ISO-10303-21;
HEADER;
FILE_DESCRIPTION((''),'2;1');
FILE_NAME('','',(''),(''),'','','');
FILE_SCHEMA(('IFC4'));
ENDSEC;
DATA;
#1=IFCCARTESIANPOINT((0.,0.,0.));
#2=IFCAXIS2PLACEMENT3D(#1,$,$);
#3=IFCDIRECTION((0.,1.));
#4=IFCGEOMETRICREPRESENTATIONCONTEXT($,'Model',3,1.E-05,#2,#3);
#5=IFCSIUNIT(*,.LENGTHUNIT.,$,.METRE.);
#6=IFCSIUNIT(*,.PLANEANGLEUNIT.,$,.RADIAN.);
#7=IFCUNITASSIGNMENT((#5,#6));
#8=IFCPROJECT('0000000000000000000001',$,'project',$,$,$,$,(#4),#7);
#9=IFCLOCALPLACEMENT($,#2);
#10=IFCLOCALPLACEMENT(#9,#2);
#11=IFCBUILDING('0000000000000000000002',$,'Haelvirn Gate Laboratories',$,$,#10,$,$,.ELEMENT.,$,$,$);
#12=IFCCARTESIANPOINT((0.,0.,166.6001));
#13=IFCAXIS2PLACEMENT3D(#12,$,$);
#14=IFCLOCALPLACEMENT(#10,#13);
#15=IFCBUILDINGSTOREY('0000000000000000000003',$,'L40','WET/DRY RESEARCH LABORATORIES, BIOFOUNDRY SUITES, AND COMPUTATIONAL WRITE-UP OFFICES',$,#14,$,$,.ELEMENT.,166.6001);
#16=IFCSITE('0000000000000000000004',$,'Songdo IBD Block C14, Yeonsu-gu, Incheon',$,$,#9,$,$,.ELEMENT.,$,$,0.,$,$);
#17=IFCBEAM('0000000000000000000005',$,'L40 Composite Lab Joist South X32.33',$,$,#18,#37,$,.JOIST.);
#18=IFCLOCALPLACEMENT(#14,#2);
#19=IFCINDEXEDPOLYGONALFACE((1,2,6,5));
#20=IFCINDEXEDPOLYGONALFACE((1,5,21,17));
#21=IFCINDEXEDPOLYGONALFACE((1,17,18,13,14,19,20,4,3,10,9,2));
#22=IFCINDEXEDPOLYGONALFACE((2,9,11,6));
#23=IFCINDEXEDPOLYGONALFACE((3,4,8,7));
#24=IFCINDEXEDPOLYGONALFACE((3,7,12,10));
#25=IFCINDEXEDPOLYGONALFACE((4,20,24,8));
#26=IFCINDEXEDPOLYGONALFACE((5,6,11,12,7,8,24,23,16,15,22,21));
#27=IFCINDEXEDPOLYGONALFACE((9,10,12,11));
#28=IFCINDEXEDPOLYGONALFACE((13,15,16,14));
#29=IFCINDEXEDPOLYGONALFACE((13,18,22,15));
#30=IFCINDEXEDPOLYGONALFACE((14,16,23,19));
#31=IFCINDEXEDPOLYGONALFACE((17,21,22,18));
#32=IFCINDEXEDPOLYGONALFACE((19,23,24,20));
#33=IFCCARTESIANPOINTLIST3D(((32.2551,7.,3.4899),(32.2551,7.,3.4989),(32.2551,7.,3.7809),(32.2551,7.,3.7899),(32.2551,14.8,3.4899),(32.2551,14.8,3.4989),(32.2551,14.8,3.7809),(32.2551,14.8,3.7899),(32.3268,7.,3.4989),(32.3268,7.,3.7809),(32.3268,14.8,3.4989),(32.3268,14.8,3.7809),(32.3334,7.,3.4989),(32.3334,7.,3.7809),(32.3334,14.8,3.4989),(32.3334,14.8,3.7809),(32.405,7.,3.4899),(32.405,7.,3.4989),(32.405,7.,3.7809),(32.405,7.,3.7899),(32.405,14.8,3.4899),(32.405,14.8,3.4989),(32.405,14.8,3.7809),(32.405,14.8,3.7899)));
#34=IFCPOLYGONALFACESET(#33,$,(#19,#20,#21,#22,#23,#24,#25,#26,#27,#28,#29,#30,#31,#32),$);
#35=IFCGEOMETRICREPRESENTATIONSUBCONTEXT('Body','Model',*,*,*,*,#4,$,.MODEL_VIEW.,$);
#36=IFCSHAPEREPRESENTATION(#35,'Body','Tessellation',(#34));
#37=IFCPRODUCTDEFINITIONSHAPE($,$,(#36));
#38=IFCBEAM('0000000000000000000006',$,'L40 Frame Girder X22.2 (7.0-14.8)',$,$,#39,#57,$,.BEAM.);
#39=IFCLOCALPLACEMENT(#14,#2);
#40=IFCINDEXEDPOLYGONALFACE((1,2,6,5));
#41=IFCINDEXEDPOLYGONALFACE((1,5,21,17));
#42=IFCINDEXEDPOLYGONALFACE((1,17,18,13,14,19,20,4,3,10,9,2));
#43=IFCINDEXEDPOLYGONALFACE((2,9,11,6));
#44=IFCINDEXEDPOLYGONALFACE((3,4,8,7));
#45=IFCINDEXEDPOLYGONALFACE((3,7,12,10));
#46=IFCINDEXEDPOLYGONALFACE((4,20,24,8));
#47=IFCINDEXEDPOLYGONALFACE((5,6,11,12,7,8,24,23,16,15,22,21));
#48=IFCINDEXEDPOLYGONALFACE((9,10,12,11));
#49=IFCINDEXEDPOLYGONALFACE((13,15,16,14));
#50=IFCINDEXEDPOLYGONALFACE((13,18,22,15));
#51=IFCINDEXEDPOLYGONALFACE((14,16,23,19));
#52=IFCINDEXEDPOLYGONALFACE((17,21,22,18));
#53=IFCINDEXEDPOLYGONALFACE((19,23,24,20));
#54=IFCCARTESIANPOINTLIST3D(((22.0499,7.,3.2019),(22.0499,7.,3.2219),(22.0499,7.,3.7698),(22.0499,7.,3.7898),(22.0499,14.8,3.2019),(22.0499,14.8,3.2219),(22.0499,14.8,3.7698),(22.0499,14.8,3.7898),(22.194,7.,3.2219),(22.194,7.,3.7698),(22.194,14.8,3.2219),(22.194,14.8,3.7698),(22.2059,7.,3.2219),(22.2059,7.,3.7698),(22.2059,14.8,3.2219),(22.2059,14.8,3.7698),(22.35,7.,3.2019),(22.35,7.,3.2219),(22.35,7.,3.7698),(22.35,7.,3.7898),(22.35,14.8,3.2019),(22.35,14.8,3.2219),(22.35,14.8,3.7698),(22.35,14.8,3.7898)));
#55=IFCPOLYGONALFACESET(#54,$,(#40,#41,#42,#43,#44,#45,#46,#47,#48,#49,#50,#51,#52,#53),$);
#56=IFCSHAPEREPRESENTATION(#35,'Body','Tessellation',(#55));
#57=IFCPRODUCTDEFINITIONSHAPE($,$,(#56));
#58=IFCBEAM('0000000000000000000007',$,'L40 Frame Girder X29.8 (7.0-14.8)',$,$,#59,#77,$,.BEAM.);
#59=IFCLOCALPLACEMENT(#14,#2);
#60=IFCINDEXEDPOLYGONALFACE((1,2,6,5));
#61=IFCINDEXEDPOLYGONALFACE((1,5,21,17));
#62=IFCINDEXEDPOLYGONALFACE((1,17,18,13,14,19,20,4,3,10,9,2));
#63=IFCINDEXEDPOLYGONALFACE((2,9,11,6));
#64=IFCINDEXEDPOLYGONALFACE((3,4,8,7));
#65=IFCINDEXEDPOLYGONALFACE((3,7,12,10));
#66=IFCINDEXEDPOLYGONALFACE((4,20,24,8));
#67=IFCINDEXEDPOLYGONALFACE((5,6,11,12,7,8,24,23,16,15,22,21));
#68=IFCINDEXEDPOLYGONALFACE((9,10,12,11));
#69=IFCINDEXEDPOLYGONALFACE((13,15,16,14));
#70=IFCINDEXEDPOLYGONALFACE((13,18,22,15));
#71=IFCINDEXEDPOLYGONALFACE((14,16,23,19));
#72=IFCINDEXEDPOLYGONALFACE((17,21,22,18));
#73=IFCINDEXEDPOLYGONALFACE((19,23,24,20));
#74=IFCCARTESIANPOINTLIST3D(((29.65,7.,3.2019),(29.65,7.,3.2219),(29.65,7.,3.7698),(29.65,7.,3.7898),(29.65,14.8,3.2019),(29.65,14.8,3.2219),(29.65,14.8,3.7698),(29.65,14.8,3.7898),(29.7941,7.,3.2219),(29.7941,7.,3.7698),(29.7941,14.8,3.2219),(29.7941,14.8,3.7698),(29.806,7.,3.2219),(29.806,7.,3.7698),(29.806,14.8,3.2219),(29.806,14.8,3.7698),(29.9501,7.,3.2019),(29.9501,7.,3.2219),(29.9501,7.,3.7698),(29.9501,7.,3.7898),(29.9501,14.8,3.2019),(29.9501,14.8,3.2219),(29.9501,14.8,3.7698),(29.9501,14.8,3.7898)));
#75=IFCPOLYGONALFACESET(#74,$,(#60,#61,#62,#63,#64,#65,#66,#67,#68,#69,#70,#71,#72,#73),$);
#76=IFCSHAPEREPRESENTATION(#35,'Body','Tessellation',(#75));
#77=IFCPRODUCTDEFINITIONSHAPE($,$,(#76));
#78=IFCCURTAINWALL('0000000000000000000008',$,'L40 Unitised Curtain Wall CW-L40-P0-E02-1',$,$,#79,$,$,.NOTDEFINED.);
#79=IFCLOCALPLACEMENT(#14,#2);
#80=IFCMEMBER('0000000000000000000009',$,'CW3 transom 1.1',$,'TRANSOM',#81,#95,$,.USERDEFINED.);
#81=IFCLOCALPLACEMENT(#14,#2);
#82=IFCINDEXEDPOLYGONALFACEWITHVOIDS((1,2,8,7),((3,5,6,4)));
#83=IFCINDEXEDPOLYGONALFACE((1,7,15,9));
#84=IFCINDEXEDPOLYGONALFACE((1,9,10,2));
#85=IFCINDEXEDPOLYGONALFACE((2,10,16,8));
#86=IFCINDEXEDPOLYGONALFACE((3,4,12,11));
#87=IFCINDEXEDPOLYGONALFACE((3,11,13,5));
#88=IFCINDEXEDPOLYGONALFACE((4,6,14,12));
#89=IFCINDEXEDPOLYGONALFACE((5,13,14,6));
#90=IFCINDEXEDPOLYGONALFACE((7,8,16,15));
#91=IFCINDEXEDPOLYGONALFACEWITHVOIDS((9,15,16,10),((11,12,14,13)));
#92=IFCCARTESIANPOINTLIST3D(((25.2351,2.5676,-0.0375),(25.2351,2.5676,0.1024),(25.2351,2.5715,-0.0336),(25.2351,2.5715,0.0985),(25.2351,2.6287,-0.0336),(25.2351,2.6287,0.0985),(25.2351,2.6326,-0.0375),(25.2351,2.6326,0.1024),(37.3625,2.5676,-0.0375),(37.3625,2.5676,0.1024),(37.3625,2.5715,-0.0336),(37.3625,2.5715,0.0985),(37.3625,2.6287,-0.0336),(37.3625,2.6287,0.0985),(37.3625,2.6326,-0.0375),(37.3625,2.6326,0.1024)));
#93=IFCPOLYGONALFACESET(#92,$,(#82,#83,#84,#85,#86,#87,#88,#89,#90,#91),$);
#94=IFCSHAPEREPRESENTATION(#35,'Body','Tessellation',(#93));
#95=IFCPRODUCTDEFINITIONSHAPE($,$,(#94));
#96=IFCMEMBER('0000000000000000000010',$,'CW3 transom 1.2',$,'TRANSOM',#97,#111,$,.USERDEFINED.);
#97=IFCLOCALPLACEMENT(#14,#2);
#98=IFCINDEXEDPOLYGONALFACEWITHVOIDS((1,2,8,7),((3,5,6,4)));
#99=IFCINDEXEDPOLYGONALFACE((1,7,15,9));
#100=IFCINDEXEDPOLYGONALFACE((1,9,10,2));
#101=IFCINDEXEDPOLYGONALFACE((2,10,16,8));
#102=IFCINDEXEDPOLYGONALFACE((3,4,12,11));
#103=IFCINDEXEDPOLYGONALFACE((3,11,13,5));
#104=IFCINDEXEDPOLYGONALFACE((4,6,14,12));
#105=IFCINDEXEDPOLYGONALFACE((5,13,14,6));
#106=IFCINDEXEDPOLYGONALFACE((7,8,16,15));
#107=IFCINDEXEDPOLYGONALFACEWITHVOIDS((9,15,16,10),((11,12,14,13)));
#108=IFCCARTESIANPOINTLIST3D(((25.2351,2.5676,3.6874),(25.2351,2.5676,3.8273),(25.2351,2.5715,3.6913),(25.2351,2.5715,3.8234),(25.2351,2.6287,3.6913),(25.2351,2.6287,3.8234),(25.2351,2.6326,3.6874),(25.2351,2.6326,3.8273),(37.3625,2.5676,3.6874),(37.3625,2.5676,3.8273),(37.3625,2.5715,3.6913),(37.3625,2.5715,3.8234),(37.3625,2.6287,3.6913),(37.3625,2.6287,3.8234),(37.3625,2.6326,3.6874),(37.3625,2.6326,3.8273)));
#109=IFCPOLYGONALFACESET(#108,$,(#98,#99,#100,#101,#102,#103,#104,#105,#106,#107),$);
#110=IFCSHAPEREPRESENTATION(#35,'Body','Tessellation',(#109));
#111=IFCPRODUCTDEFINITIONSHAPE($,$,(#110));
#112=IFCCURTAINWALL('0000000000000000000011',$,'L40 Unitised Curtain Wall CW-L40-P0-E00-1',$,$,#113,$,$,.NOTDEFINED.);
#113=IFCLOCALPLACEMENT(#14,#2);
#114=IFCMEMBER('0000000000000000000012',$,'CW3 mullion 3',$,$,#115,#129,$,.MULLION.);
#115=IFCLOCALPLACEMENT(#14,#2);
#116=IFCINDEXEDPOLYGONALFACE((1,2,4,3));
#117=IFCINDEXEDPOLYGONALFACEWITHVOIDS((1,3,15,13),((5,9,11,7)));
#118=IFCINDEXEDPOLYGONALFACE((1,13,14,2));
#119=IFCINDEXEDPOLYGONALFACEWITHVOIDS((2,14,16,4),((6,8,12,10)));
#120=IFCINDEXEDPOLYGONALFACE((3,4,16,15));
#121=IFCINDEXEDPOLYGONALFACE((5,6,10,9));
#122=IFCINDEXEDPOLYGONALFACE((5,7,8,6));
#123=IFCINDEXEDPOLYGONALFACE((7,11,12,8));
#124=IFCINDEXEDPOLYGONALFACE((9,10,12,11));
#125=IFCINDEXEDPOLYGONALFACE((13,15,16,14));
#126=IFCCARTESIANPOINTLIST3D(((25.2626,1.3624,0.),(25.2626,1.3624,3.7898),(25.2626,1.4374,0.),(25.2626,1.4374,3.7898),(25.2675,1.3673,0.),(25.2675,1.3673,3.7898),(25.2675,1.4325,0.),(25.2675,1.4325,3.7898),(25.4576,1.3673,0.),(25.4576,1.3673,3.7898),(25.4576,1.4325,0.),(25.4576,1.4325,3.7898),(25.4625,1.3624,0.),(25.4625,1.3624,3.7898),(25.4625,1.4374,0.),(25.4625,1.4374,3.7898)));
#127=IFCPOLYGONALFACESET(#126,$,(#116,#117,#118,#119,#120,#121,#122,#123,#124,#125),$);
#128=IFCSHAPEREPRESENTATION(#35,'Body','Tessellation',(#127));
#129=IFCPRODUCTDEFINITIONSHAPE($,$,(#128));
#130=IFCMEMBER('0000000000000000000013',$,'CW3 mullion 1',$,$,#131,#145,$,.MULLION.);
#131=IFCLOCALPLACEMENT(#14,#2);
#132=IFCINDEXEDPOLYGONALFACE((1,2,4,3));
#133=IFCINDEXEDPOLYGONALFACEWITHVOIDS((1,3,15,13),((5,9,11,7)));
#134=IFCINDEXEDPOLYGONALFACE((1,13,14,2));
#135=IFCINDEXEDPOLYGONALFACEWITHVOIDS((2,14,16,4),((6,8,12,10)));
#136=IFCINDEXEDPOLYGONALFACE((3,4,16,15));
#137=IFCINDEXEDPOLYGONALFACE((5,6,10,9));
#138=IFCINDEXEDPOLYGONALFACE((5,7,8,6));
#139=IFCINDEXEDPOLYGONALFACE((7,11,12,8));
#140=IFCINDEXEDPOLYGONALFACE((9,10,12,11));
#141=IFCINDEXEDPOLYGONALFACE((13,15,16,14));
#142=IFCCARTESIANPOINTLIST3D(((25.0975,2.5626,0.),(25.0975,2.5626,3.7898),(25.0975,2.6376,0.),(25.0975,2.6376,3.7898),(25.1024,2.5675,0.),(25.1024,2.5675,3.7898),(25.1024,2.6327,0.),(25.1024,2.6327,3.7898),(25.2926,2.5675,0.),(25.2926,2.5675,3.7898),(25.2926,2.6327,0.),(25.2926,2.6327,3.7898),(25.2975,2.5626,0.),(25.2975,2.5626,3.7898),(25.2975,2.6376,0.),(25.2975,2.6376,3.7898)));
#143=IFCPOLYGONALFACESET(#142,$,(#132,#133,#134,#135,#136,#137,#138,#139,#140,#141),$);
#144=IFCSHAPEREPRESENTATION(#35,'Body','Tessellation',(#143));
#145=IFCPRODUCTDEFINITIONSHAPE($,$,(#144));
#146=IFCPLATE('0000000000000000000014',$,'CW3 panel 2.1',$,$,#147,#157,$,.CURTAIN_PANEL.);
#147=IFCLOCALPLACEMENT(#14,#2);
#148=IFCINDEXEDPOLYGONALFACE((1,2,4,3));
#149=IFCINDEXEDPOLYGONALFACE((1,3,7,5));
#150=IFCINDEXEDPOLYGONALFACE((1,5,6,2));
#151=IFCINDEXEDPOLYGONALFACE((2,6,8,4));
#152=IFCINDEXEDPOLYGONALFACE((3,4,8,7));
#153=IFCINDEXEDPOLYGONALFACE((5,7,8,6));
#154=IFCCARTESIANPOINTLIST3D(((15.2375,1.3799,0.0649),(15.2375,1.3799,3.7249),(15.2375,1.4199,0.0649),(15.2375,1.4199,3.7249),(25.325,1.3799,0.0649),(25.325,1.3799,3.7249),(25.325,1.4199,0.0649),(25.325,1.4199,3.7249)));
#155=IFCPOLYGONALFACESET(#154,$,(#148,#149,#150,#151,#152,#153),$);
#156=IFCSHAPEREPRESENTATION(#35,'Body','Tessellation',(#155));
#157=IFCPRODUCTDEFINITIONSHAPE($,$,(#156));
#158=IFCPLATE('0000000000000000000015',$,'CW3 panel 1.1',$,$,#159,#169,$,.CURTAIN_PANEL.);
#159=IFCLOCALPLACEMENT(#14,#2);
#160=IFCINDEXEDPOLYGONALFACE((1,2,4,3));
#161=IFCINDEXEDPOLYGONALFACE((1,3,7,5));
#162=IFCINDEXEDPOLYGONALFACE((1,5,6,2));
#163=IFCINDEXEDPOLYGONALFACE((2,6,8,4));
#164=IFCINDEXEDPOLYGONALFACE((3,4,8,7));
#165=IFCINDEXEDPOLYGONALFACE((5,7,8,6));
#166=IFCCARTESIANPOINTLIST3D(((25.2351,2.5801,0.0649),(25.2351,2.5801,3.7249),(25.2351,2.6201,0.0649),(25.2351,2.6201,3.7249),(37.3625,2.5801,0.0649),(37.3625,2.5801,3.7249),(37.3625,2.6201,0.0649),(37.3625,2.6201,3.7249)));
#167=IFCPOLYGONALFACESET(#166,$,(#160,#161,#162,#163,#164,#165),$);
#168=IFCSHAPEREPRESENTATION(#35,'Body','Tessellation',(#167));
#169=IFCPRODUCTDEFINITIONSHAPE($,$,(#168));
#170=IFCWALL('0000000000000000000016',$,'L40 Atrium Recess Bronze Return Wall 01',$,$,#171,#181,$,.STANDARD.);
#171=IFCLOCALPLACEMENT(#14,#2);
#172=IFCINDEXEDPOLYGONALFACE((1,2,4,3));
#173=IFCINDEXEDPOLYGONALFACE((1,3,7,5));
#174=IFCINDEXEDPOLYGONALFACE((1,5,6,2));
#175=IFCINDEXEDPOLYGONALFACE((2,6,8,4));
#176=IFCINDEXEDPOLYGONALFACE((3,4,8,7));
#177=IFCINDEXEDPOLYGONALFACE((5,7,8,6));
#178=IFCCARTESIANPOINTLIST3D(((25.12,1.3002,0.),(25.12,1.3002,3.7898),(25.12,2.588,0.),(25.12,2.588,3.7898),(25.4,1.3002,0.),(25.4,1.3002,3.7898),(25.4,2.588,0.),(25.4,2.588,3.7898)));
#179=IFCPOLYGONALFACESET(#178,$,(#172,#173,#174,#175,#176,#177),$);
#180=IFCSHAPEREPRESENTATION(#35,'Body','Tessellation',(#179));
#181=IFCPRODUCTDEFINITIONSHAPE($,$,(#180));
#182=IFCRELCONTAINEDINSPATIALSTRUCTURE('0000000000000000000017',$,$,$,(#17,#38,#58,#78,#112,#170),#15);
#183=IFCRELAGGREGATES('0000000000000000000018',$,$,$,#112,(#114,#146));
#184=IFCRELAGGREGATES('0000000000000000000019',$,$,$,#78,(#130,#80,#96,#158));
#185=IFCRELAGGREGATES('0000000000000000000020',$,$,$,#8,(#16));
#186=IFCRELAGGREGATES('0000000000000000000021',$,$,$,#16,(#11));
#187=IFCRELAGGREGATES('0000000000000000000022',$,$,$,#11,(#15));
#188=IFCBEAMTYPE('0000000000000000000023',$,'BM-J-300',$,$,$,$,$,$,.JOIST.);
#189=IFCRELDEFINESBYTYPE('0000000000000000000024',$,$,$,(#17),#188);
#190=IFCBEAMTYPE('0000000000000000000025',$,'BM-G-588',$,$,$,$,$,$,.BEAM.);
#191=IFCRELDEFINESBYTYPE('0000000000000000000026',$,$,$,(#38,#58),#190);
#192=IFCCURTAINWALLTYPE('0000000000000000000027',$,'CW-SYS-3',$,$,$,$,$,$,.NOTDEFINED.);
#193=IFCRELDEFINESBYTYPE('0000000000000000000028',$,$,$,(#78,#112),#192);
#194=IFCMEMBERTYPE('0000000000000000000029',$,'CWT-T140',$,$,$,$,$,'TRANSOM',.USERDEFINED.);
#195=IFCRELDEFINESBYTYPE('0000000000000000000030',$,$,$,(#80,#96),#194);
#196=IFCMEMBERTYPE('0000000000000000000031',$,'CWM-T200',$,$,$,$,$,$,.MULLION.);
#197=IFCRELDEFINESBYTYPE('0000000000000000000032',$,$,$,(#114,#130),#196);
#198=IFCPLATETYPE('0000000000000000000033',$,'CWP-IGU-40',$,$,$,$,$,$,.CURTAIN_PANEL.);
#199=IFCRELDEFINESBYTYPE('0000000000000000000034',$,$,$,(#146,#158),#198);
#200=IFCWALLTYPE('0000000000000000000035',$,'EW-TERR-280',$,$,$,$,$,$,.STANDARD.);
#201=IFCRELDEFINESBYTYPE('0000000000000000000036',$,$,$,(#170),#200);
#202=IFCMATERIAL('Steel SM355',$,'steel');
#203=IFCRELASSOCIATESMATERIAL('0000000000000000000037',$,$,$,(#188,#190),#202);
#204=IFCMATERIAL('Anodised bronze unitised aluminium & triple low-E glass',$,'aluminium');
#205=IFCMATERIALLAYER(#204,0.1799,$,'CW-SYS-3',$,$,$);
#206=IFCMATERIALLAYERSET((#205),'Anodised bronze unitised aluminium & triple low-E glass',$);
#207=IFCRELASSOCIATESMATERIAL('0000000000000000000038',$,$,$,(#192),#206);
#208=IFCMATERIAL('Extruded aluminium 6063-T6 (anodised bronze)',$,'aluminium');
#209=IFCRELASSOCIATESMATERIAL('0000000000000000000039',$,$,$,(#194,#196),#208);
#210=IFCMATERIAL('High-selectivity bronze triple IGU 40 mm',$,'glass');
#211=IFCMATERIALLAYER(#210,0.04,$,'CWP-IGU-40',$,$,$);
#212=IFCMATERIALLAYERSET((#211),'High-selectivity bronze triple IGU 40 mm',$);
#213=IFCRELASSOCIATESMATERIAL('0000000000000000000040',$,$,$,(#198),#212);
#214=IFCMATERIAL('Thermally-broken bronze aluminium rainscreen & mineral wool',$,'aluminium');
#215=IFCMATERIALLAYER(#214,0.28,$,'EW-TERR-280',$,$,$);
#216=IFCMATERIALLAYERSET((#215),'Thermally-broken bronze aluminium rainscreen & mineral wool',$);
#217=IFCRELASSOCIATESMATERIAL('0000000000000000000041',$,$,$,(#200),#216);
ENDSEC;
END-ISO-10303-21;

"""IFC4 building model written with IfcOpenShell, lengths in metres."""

from ifc_helpers import new_model, si_unit, direction, frame, frame_2d, origin, origin_2d, place, context, subcontext, project, spatial, rectangle, hollow_rectangle, i_section, extrude, source, transform, mapped, material, layer, layer_set, material_profile, profile_set, type_object, type_shapes, element, aggregate, save


model = new_model("IFC4")

# Units and contexts
model_context = context("Model", 3, precision=1e-05, world=origin(), true_north=direction((0.0, 1.0)))
body_context = subcontext(model_context, "Body", "Model", "MODEL_VIEW")
ifc_project = project(units=[si_unit("LENGTHUNIT", "METRE"), si_unit("PLANEANGLEUNIT", "RADIAN")], contexts=[model_context])

# Site, building, storey
site_placement = place(None, origin())
site = spatial("IfcSite", under=ifc_project, at=site_placement, Name="Songdo IBD Block C14, Yeonsu-gu, Incheon", CompositionType="ELEMENT", RefElevation=0.0)
building_placement = place(site_placement, origin())
building = spatial("IfcBuilding", under=site, at=building_placement, Name="Haelvirn Gate Laboratories", CompositionType="ELEMENT")
storey_placement = place(building_placement, frame((0.0, 0.0, 166.6001)))
storey = spatial("IfcBuildingStorey", under=building, at=storey_placement, Name="L40", Description="WET/DRY RESEARCH LABORATORIES, BIOFOUNDRY SUITES, AND COMPUTATIONAL WRITE-UP OFFICES", CompositionType="ELEMENT", Elevation=166.6001)

# Shared definitions
ifc_material_1 = material(Name="Steel SM355", Category="steel")

# Beams
ifc_material_profile_1 = material_profile(ifc_material_1, i_section(OverallWidth=0.1499, OverallDepth=0.3, WebThickness=0.0066, FlangeThickness=0.009, at=origin_2d()), Name="H-300x150x6.5x9")
ifc_profile_set_1 = profile_set([ifc_material_profile_1], Name="Steel SM355")
beam_type_1 = type_object("IfcBeamType", Name="BM-J-300", PredefinedType="JOIST", material=ifc_profile_set_1)
shared_shape_1 = source(origin(), body_context, "Body", "SweptSolid", [
    extrude(i_section(OverallWidth=0.1499, OverallDepth=0.3, WebThickness=0.0066, FlangeThickness=0.009, at=origin_2d()), origin(), (0.0, 0.0, 1.0), 7.8),
])
type_shapes(beam_type_1, [shared_shape_1])
for number, where, z_axis, x_axis, name in (
    (1, (32.3301, 7.0, 3.6399), (0.0, 1.0, 0.0), (-1.0, 0.0, 0.0), "L40 Composite Lab Joist South X32.33"),
):
    element("IfcBeam", number, at=place(storey_placement, frame(where, z_axis=z_axis, x_axis=x_axis)), inside=storey, type_object=beam_type_1, Name=name, PredefinedType="JOIST", context=body_context, shape_type="MappedRepresentation", body=[
        mapped(shared_shape_1, transform((0.0, 0.0, 0.0), scale=1.0)),
    ])
ifc_material_profile_2 = material_profile(ifc_material_1, i_section(OverallWidth=0.3, OverallDepth=0.5879, WebThickness=0.012, FlangeThickness=0.02, at=origin_2d()), Name="H-588x300x12x20")
ifc_profile_set_2 = profile_set([ifc_material_profile_2], Name="Steel SM355")
beam_type_2 = type_object("IfcBeamType", Name="BM-G-588", PredefinedType="BEAM", material=ifc_profile_set_2)
shared_shape_2 = source(origin(), body_context, "Body", "SweptSolid", [
    extrude(i_section(OverallWidth=0.3, OverallDepth=0.5879, WebThickness=0.012, FlangeThickness=0.02, at=origin_2d()), origin(), (0.0, 0.0, 1.0), 7.8),
])
type_shapes(beam_type_2, [shared_shape_2])
for number, where, z_axis, x_axis, name in (
    (2, (22.2, 7.0, 3.4958), (0.0, 1.0, 0.0), (-1.0, 0.0, 0.0), "L40 Frame Girder X22.2 (7.0-14.8)"),
    (3, (29.8, 7.0, 3.4958), (0.0, 1.0, 0.0), (-1.0, 0.0, 0.0), "L40 Frame Girder X29.8 (7.0-14.8)"),
):
    element("IfcBeam", number, at=place(storey_placement, frame(where, z_axis=z_axis, x_axis=x_axis)), inside=storey, type_object=beam_type_2, Name=name, PredefinedType="BEAM", context=body_context, shape_type="MappedRepresentation", body=[
        mapped(shared_shape_2, transform((0.0, 0.0, 0.0), scale=1.0)),
    ])

# Curtain wall, members
ifc_material_2 = material(Name="Anodised bronze unitised aluminium & triple low-E glass", Category="aluminium")
ifc_layer_1 = layer(ifc_material_2, 0.1799, Name="CW-SYS-3")
ifc_layer_set_1 = layer_set([ifc_layer_1], Name="Anodised bronze unitised aluminium & triple low-E glass")
curtain_wall_type = type_object("IfcCurtainWallType", Name="CW-SYS-3", PredefinedType="NOTDEFINED", material=ifc_layer_set_1)
curtain_wall_1_placement = place(storey_placement, origin())
curtain_wall_1 = element("IfcCurtainWall", 4, at=curtain_wall_1_placement, inside=storey, type_object=curtain_wall_type, Name="L40 Unitised Curtain Wall CW-L40-P0-E02-1", PredefinedType="NOTDEFINED")
ifc_material_3 = material(Name="Extruded aluminium 6063-T6 (anodised bronze)", Category="aluminium")
ifc_material_profile_3 = material_profile(ifc_material_3, hollow_rectangle(XDim=0.0649, YDim=0.1399, WallThickness=0.0039, at=origin_2d()), Name="CWT-140x65x4")
ifc_profile_set_3 = profile_set([ifc_material_profile_3], Name="Extruded aluminium 6063-T6 (anodised bronze)")
member_type_1 = type_object("IfcMemberType", Name="CWT-T140", ElementType="TRANSOM", PredefinedType="USERDEFINED", material=ifc_profile_set_3)
shared_shape_3 = source(origin(), body_context, "Body", "SweptSolid", [
    extrude(hollow_rectangle(XDim=0.0649, YDim=0.1399, WallThickness=0.0039, at=origin_2d()), origin(), (0.0, 0.0, 1.0), 12.1274),
])
type_shapes(member_type_1, [shared_shape_3])
member_1_placement = place(storey_placement, frame((25.2351, 2.6001, 0.0325), z_axis=(1.0, 0.0, 0.0), x_axis=(0.0, 1.0, 0.0)))
member_1 = element("IfcMember", 5, at=member_1_placement, type_object=member_type_1, Name="CW3 transom 1.1", ObjectType="TRANSOM", PredefinedType="USERDEFINED", context=body_context, shape_type="MappedRepresentation", body=[
    mapped(shared_shape_3, transform((0.0, 0.0, 0.0), scale=1.0)),
])
member_2_placement = place(storey_placement, frame((25.2351, 2.6001, 3.7573), z_axis=(1.0, 0.0, 0.0), x_axis=(0.0, 1.0, 0.0)))
member_2 = element("IfcMember", 6, at=member_2_placement, type_object=member_type_1, Name="CW3 transom 1.2", ObjectType="TRANSOM", PredefinedType="USERDEFINED", context=body_context, shape_type="MappedRepresentation", body=[
    mapped(shared_shape_3, transform((0.0, 0.0, 0.0), scale=1.0)),
])

# Curtain wall, member
curtain_wall_2_placement = place(storey_placement, origin())
curtain_wall_2 = element("IfcCurtainWall", 7, at=curtain_wall_2_placement, inside=storey, type_object=curtain_wall_type, Name="L40 Unitised Curtain Wall CW-L40-P0-E00-1", PredefinedType="NOTDEFINED")
ifc_material_profile_4 = material_profile(ifc_material_3, hollow_rectangle(XDim=0.075, YDim=0.2, WallThickness=0.0049, at=origin_2d()), Name="CWM-200x75x5")
ifc_profile_set_4 = profile_set([ifc_material_profile_4], Name="Extruded aluminium 6063-T6 (anodised bronze)")
member_type_2 = type_object("IfcMemberType", Name="CWM-T200", PredefinedType="MULLION", material=ifc_profile_set_4)
shared_shape_4 = source(origin(), body_context, "Body", "SweptSolid", [
    extrude(hollow_rectangle(XDim=0.075, YDim=0.2, WallThickness=0.0049, at=origin_2d()), origin(), (0.0, 0.0, 1.0), 3.7898),
])
type_shapes(member_type_2, [shared_shape_4])
member_3_placement = place(storey_placement, frame((25.3625, 1.3999, 0.0), z_axis=(0.0, 0.0, 1.0), x_axis=(0.0, 1.0, 0.0)))
member_3 = element("IfcMember", 8, at=member_3_placement, type_object=member_type_2, Name="CW3 mullion 3", PredefinedType="MULLION", context=body_context, shape_type="MappedRepresentation", body=[
    mapped(shared_shape_4, transform((0.0, 0.0, 0.0), scale=1.0)),
])

# Member
member_4_placement = place(storey_placement, frame((25.1975, 2.6001, 0.0), z_axis=(0.0, 0.0, 1.0), x_axis=(0.0, 1.0, 0.0)))
member_4 = element("IfcMember", 9, at=member_4_placement, type_object=member_type_2, Name="CW3 mullion 1", PredefinedType="MULLION", context=body_context, shape_type="MappedRepresentation", body=[
    mapped(shared_shape_4, transform((0.0, 0.0, 0.0), scale=1.0)),
])

# Plates
ifc_material_4 = material(Name="High-selectivity bronze triple IGU 40 mm", Category="glass")
ifc_layer_2 = layer(ifc_material_4, 0.04, Name="CWP-IGU-40")
ifc_layer_set_2 = layer_set([ifc_layer_2], Name="High-selectivity bronze triple IGU 40 mm")
plate_type = type_object("IfcPlateType", Name="CWP-IGU-40", PredefinedType="CURTAIN_PANEL", material=ifc_layer_set_2)
shared_shape_5 = source(origin(), body_context, "Body", "SweptSolid", [
    extrude(rectangle(XDim=10.0874, YDim=0.04, at=origin_2d()), origin(), (0.0, 0.0, 1.0), 3.6599),
])
plate_1_placement = place(storey_placement, frame((20.2812, 1.3999, 0.0649), z_axis=(0.0, 0.0, 1.0), x_axis=(1.0, 0.0, 0.0)))
plate_1 = element("IfcPlate", 10, at=plate_1_placement, type_object=plate_type, Name="CW3 panel 2.1", PredefinedType="CURTAIN_PANEL", context=body_context, shape_type="MappedRepresentation", body=[
    mapped(shared_shape_5, transform((0.0, 0.0, 0.0), scale=1.0)),
])
aggregate(curtain_wall_2, [member_3, plate_1])
shared_shape_6 = source(origin(), body_context, "Body", "SweptSolid", [
    extrude(rectangle(XDim=12.1274, YDim=0.04, at=origin_2d()), origin(), (0.0, 0.0, 1.0), 3.6599),
])
type_shapes(plate_type, [shared_shape_5, shared_shape_6])
plate_2_placement = place(storey_placement, frame((31.2988, 2.6001, 0.0649), z_axis=(0.0, 0.0, 1.0), x_axis=(1.0, 0.0, 0.0)))
plate_2 = element("IfcPlate", 11, at=plate_2_placement, type_object=plate_type, Name="CW3 panel 1.1", PredefinedType="CURTAIN_PANEL", context=body_context, shape_type="MappedRepresentation", body=[
    mapped(shared_shape_6, transform((0.0, 0.0, 0.0), scale=1.0)),
])
aggregate(curtain_wall_1, [member_4, member_1, member_2, plate_2])

# Wall
ifc_material_5 = material(Name="Thermally-broken bronze aluminium rainscreen & mineral wool", Category="aluminium")
ifc_layer_3 = layer(ifc_material_5, 0.28, Name="EW-TERR-280")
ifc_layer_set_3 = layer_set([ifc_layer_3], Name="Thermally-broken bronze aluminium rainscreen & mineral wool")
wall_type_1 = type_object("IfcWallType", Name="EW-TERR-280", PredefinedType="STANDARD", material=ifc_layer_set_3)
wall_1_placement = place(storey_placement, frame((25.26, 1.3, 0.0), z_axis=(0.0, 0.0, 1.0), x_axis=(0.0, 1.0, 0.0)))
element("IfcWall", 12, at=wall_1_placement, inside=storey, type_object=wall_type_1, Name="L40 Atrium Recess Bronze Return Wall 01", PredefinedType="STANDARD", context=body_context, shape_type="SweptSolid", body=[
    extrude(rectangle(XDim=1.2878, YDim=0.28, at=frame_2d((0.644, 0.0))), origin(), (0.0, 0.0, 1.0), 3.7898),
])

save(model, "model.ifc")
